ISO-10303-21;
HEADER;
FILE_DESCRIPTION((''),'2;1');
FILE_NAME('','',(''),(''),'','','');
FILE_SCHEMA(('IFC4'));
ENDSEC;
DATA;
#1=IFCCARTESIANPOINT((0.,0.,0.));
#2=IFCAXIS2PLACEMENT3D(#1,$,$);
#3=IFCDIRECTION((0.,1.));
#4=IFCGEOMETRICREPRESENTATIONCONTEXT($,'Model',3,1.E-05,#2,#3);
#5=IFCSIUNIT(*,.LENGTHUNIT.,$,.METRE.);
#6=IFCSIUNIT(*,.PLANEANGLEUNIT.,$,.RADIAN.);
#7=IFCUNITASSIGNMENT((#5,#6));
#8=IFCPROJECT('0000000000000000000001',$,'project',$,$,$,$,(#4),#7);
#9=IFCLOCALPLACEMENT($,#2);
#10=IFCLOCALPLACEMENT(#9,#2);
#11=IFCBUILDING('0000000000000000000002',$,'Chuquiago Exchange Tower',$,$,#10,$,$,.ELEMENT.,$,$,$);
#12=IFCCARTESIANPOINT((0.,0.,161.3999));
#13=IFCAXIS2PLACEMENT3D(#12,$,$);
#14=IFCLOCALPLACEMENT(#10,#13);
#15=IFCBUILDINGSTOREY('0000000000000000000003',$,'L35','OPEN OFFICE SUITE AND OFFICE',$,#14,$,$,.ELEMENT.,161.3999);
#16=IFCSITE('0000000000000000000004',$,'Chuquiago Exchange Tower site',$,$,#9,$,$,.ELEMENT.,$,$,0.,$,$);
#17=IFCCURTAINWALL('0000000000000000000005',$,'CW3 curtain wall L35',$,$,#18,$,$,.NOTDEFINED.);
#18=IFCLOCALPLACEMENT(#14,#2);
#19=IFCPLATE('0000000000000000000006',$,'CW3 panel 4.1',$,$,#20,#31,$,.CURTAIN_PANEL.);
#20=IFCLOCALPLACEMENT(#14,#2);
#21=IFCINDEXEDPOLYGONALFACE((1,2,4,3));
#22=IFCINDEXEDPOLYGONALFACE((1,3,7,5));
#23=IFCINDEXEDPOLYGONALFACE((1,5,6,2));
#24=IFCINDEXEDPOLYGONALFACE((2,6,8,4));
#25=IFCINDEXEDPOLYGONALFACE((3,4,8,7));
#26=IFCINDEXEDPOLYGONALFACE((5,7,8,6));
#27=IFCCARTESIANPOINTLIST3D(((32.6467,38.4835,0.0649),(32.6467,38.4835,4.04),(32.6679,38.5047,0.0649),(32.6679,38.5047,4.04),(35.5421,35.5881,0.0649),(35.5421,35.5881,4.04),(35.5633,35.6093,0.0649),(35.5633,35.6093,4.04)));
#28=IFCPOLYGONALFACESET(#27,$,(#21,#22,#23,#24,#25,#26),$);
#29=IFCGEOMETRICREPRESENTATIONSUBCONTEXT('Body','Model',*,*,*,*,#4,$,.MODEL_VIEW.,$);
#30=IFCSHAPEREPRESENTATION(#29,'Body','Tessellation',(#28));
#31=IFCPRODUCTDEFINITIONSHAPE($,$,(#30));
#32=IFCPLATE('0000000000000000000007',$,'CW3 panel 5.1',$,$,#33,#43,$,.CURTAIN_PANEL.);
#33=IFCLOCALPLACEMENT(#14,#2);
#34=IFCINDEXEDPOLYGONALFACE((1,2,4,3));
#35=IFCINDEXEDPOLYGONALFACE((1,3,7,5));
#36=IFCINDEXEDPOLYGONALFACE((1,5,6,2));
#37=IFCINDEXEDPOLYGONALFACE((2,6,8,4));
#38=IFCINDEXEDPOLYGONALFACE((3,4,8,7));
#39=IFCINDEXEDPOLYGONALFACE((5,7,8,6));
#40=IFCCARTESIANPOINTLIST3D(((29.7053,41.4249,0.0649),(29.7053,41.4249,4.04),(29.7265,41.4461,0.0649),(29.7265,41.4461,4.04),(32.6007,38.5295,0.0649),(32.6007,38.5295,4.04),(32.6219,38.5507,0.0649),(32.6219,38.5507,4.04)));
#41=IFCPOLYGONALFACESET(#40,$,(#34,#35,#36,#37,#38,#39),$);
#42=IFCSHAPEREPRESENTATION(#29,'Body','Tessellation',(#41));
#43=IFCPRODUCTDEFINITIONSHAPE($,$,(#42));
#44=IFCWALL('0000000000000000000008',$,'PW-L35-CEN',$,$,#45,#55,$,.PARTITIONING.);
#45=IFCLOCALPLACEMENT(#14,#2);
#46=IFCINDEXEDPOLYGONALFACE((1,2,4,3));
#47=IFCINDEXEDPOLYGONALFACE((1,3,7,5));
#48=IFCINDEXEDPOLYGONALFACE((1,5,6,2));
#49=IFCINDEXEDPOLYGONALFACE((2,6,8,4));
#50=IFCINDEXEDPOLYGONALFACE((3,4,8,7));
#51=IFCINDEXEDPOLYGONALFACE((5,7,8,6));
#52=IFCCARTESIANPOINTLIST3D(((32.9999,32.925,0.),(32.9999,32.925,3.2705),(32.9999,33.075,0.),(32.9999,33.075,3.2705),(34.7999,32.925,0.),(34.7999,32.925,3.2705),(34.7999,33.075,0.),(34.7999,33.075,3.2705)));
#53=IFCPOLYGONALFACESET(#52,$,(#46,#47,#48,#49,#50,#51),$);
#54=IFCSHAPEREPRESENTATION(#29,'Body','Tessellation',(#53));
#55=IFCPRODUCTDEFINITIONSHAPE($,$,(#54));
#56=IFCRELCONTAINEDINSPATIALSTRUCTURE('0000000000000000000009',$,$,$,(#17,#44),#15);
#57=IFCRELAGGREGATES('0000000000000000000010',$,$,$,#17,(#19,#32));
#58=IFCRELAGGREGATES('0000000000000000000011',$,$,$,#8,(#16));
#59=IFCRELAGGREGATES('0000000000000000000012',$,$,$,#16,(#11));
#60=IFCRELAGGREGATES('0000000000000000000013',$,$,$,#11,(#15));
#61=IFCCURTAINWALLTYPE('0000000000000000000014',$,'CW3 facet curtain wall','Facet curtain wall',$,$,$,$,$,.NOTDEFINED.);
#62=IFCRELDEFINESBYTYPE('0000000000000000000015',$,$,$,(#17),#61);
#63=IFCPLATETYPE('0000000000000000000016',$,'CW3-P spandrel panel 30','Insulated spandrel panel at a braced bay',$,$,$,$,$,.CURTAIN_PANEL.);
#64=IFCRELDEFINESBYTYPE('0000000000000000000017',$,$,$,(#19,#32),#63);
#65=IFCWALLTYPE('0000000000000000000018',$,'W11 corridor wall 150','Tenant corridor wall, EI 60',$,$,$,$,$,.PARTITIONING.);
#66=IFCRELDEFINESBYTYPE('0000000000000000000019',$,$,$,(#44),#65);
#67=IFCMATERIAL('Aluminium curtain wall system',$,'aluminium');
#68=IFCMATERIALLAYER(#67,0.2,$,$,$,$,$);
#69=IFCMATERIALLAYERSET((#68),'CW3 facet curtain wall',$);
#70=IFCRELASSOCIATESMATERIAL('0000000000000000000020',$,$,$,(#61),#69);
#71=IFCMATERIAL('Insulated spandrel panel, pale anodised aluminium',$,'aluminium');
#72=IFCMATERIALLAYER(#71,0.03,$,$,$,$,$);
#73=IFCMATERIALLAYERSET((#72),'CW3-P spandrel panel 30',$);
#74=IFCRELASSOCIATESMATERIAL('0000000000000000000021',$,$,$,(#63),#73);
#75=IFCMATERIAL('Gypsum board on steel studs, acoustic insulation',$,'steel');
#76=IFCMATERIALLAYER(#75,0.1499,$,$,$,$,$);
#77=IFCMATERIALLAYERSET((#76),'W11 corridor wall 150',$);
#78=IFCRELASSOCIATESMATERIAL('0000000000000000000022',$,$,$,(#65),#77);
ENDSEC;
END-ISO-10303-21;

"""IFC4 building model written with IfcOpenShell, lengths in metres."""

from ifc_helpers import new_model, si_unit, direction, frame, frame_2d, origin, origin_2d, place, context, subcontext, project, spatial, rectangle, extrude, material, layer, layer_set, type_object, element, aggregate, save


model = new_model("IFC4")

# Units and contexts
model_context = context("Model", 3, precision=1e-05, world=origin(), true_north=direction((0.0, 1.0)))
body_context = subcontext(model_context, "Body", "Model", "MODEL_VIEW")
ifc_project = project(units=[si_unit("LENGTHUNIT", "METRE"), si_unit("PLANEANGLEUNIT", "RADIAN")], contexts=[model_context])

# Site, building, storey
site_placement = place(None, origin())
site = spatial("IfcSite", under=ifc_project, at=site_placement, Name="Chuquiago Exchange Tower site", CompositionType="ELEMENT", RefElevation=0.0)
building_placement = place(site_placement, origin())
building = spatial("IfcBuilding", under=site, at=building_placement, Name="Chuquiago Exchange Tower", CompositionType="ELEMENT")
storey_placement = place(building_placement, frame((0.0, 0.0, 161.3999)))
storey = spatial("IfcBuildingStorey", under=building, at=storey_placement, Name="L35", Description="OPEN OFFICE SUITE AND OFFICE", CompositionType="ELEMENT", Elevation=161.3999)

# Curtain wall
ifc_material_1 = material(Name="Aluminium curtain wall system", Category="aluminium")
ifc_layer_1 = layer(ifc_material_1, 0.2)
ifc_layer_set_1 = layer_set([ifc_layer_1], Name="CW3 facet curtain wall")
curtain_wall_type = type_object("IfcCurtainWallType", Name="CW3 facet curtain wall", Description="Facet curtain wall", PredefinedType="NOTDEFINED", material=ifc_layer_set_1)
curtain_wall_placement = place(storey_placement, origin())
curtain_wall = element("IfcCurtainWall", 1, at=curtain_wall_placement, inside=storey, type_object=curtain_wall_type, Name="CW3 curtain wall L35", PredefinedType="NOTDEFINED")

# Plates
ifc_material_2 = material(Name="Insulated spandrel panel, pale anodised aluminium", Category="aluminium")
ifc_layer_2 = layer(ifc_material_2, 0.03)
ifc_layer_set_2 = layer_set([ifc_layer_2], Name="CW3-P spandrel panel 30")
plate_type = type_object("IfcPlateType", Name="CW3-P spandrel panel 30", Description="Insulated spandrel panel at a braced bay", PredefinedType="CURTAIN_PANEL", material=ifc_layer_set_2)
plate_1_placement = place(storey_placement, frame((34.105, 37.0464, 0.0649), z_axis=(0.0, 0.0, 1.0), x_axis=(-0.707107, 0.707107, 0.0)))
plate_1 = element("IfcPlate", 2, at=plate_1_placement, type_object=plate_type, Name="CW3 panel 4.1", PredefinedType="CURTAIN_PANEL", context=body_context, shape_type="SweptSolid", body=[
    extrude(rectangle(XDim=4.0947, YDim=0.03, at=origin_2d()), origin(), (0.0, 0.0, 1.0), 3.9751),
])
plate_2_placement = place(storey_placement, frame((31.1636, 39.9878, 0.0649), z_axis=(0.0, 0.0, 1.0), x_axis=(-0.707107, 0.707107, 0.0)))
plate_2 = element("IfcPlate", 3, at=plate_2_placement, type_object=plate_type, Name="CW3 panel 5.1", PredefinedType="CURTAIN_PANEL", context=body_context, shape_type="SweptSolid", body=[
    extrude(rectangle(XDim=4.0947, YDim=0.03, at=origin_2d()), origin(), (0.0, 0.0, 1.0), 3.9751),
])
aggregate(curtain_wall, [plate_1, plate_2])

# Wall
ifc_material_3 = material(Name="Gypsum board on steel studs, acoustic insulation", Category="steel")
ifc_layer_3 = layer(ifc_material_3, 0.1499)
ifc_layer_set_3 = layer_set([ifc_layer_3], Name="W11 corridor wall 150")
wall_type = type_object("IfcWallType", Name="W11 corridor wall 150", Description="Tenant corridor wall, EI 60", PredefinedType="PARTITIONING", material=ifc_layer_set_3)
wall_placement = place(storey_placement, frame((33.0, 33.0, 0.0), z_axis=(0.0, 0.0, 1.0), x_axis=(1.0, 0.0, 0.0)))
element("IfcWall", 4, at=wall_placement, inside=storey, type_object=wall_type, Name="PW-L35-CEN", PredefinedType="PARTITIONING", context=body_context, shape_type="SweptSolid", body=[
    extrude(rectangle(XDim=1.8, YDim=0.1499, at=frame_2d((0.8999, 0.0))), origin(), (0.0, 0.0, 1.0), 3.2705),
])

save(model, "model.ifc")
